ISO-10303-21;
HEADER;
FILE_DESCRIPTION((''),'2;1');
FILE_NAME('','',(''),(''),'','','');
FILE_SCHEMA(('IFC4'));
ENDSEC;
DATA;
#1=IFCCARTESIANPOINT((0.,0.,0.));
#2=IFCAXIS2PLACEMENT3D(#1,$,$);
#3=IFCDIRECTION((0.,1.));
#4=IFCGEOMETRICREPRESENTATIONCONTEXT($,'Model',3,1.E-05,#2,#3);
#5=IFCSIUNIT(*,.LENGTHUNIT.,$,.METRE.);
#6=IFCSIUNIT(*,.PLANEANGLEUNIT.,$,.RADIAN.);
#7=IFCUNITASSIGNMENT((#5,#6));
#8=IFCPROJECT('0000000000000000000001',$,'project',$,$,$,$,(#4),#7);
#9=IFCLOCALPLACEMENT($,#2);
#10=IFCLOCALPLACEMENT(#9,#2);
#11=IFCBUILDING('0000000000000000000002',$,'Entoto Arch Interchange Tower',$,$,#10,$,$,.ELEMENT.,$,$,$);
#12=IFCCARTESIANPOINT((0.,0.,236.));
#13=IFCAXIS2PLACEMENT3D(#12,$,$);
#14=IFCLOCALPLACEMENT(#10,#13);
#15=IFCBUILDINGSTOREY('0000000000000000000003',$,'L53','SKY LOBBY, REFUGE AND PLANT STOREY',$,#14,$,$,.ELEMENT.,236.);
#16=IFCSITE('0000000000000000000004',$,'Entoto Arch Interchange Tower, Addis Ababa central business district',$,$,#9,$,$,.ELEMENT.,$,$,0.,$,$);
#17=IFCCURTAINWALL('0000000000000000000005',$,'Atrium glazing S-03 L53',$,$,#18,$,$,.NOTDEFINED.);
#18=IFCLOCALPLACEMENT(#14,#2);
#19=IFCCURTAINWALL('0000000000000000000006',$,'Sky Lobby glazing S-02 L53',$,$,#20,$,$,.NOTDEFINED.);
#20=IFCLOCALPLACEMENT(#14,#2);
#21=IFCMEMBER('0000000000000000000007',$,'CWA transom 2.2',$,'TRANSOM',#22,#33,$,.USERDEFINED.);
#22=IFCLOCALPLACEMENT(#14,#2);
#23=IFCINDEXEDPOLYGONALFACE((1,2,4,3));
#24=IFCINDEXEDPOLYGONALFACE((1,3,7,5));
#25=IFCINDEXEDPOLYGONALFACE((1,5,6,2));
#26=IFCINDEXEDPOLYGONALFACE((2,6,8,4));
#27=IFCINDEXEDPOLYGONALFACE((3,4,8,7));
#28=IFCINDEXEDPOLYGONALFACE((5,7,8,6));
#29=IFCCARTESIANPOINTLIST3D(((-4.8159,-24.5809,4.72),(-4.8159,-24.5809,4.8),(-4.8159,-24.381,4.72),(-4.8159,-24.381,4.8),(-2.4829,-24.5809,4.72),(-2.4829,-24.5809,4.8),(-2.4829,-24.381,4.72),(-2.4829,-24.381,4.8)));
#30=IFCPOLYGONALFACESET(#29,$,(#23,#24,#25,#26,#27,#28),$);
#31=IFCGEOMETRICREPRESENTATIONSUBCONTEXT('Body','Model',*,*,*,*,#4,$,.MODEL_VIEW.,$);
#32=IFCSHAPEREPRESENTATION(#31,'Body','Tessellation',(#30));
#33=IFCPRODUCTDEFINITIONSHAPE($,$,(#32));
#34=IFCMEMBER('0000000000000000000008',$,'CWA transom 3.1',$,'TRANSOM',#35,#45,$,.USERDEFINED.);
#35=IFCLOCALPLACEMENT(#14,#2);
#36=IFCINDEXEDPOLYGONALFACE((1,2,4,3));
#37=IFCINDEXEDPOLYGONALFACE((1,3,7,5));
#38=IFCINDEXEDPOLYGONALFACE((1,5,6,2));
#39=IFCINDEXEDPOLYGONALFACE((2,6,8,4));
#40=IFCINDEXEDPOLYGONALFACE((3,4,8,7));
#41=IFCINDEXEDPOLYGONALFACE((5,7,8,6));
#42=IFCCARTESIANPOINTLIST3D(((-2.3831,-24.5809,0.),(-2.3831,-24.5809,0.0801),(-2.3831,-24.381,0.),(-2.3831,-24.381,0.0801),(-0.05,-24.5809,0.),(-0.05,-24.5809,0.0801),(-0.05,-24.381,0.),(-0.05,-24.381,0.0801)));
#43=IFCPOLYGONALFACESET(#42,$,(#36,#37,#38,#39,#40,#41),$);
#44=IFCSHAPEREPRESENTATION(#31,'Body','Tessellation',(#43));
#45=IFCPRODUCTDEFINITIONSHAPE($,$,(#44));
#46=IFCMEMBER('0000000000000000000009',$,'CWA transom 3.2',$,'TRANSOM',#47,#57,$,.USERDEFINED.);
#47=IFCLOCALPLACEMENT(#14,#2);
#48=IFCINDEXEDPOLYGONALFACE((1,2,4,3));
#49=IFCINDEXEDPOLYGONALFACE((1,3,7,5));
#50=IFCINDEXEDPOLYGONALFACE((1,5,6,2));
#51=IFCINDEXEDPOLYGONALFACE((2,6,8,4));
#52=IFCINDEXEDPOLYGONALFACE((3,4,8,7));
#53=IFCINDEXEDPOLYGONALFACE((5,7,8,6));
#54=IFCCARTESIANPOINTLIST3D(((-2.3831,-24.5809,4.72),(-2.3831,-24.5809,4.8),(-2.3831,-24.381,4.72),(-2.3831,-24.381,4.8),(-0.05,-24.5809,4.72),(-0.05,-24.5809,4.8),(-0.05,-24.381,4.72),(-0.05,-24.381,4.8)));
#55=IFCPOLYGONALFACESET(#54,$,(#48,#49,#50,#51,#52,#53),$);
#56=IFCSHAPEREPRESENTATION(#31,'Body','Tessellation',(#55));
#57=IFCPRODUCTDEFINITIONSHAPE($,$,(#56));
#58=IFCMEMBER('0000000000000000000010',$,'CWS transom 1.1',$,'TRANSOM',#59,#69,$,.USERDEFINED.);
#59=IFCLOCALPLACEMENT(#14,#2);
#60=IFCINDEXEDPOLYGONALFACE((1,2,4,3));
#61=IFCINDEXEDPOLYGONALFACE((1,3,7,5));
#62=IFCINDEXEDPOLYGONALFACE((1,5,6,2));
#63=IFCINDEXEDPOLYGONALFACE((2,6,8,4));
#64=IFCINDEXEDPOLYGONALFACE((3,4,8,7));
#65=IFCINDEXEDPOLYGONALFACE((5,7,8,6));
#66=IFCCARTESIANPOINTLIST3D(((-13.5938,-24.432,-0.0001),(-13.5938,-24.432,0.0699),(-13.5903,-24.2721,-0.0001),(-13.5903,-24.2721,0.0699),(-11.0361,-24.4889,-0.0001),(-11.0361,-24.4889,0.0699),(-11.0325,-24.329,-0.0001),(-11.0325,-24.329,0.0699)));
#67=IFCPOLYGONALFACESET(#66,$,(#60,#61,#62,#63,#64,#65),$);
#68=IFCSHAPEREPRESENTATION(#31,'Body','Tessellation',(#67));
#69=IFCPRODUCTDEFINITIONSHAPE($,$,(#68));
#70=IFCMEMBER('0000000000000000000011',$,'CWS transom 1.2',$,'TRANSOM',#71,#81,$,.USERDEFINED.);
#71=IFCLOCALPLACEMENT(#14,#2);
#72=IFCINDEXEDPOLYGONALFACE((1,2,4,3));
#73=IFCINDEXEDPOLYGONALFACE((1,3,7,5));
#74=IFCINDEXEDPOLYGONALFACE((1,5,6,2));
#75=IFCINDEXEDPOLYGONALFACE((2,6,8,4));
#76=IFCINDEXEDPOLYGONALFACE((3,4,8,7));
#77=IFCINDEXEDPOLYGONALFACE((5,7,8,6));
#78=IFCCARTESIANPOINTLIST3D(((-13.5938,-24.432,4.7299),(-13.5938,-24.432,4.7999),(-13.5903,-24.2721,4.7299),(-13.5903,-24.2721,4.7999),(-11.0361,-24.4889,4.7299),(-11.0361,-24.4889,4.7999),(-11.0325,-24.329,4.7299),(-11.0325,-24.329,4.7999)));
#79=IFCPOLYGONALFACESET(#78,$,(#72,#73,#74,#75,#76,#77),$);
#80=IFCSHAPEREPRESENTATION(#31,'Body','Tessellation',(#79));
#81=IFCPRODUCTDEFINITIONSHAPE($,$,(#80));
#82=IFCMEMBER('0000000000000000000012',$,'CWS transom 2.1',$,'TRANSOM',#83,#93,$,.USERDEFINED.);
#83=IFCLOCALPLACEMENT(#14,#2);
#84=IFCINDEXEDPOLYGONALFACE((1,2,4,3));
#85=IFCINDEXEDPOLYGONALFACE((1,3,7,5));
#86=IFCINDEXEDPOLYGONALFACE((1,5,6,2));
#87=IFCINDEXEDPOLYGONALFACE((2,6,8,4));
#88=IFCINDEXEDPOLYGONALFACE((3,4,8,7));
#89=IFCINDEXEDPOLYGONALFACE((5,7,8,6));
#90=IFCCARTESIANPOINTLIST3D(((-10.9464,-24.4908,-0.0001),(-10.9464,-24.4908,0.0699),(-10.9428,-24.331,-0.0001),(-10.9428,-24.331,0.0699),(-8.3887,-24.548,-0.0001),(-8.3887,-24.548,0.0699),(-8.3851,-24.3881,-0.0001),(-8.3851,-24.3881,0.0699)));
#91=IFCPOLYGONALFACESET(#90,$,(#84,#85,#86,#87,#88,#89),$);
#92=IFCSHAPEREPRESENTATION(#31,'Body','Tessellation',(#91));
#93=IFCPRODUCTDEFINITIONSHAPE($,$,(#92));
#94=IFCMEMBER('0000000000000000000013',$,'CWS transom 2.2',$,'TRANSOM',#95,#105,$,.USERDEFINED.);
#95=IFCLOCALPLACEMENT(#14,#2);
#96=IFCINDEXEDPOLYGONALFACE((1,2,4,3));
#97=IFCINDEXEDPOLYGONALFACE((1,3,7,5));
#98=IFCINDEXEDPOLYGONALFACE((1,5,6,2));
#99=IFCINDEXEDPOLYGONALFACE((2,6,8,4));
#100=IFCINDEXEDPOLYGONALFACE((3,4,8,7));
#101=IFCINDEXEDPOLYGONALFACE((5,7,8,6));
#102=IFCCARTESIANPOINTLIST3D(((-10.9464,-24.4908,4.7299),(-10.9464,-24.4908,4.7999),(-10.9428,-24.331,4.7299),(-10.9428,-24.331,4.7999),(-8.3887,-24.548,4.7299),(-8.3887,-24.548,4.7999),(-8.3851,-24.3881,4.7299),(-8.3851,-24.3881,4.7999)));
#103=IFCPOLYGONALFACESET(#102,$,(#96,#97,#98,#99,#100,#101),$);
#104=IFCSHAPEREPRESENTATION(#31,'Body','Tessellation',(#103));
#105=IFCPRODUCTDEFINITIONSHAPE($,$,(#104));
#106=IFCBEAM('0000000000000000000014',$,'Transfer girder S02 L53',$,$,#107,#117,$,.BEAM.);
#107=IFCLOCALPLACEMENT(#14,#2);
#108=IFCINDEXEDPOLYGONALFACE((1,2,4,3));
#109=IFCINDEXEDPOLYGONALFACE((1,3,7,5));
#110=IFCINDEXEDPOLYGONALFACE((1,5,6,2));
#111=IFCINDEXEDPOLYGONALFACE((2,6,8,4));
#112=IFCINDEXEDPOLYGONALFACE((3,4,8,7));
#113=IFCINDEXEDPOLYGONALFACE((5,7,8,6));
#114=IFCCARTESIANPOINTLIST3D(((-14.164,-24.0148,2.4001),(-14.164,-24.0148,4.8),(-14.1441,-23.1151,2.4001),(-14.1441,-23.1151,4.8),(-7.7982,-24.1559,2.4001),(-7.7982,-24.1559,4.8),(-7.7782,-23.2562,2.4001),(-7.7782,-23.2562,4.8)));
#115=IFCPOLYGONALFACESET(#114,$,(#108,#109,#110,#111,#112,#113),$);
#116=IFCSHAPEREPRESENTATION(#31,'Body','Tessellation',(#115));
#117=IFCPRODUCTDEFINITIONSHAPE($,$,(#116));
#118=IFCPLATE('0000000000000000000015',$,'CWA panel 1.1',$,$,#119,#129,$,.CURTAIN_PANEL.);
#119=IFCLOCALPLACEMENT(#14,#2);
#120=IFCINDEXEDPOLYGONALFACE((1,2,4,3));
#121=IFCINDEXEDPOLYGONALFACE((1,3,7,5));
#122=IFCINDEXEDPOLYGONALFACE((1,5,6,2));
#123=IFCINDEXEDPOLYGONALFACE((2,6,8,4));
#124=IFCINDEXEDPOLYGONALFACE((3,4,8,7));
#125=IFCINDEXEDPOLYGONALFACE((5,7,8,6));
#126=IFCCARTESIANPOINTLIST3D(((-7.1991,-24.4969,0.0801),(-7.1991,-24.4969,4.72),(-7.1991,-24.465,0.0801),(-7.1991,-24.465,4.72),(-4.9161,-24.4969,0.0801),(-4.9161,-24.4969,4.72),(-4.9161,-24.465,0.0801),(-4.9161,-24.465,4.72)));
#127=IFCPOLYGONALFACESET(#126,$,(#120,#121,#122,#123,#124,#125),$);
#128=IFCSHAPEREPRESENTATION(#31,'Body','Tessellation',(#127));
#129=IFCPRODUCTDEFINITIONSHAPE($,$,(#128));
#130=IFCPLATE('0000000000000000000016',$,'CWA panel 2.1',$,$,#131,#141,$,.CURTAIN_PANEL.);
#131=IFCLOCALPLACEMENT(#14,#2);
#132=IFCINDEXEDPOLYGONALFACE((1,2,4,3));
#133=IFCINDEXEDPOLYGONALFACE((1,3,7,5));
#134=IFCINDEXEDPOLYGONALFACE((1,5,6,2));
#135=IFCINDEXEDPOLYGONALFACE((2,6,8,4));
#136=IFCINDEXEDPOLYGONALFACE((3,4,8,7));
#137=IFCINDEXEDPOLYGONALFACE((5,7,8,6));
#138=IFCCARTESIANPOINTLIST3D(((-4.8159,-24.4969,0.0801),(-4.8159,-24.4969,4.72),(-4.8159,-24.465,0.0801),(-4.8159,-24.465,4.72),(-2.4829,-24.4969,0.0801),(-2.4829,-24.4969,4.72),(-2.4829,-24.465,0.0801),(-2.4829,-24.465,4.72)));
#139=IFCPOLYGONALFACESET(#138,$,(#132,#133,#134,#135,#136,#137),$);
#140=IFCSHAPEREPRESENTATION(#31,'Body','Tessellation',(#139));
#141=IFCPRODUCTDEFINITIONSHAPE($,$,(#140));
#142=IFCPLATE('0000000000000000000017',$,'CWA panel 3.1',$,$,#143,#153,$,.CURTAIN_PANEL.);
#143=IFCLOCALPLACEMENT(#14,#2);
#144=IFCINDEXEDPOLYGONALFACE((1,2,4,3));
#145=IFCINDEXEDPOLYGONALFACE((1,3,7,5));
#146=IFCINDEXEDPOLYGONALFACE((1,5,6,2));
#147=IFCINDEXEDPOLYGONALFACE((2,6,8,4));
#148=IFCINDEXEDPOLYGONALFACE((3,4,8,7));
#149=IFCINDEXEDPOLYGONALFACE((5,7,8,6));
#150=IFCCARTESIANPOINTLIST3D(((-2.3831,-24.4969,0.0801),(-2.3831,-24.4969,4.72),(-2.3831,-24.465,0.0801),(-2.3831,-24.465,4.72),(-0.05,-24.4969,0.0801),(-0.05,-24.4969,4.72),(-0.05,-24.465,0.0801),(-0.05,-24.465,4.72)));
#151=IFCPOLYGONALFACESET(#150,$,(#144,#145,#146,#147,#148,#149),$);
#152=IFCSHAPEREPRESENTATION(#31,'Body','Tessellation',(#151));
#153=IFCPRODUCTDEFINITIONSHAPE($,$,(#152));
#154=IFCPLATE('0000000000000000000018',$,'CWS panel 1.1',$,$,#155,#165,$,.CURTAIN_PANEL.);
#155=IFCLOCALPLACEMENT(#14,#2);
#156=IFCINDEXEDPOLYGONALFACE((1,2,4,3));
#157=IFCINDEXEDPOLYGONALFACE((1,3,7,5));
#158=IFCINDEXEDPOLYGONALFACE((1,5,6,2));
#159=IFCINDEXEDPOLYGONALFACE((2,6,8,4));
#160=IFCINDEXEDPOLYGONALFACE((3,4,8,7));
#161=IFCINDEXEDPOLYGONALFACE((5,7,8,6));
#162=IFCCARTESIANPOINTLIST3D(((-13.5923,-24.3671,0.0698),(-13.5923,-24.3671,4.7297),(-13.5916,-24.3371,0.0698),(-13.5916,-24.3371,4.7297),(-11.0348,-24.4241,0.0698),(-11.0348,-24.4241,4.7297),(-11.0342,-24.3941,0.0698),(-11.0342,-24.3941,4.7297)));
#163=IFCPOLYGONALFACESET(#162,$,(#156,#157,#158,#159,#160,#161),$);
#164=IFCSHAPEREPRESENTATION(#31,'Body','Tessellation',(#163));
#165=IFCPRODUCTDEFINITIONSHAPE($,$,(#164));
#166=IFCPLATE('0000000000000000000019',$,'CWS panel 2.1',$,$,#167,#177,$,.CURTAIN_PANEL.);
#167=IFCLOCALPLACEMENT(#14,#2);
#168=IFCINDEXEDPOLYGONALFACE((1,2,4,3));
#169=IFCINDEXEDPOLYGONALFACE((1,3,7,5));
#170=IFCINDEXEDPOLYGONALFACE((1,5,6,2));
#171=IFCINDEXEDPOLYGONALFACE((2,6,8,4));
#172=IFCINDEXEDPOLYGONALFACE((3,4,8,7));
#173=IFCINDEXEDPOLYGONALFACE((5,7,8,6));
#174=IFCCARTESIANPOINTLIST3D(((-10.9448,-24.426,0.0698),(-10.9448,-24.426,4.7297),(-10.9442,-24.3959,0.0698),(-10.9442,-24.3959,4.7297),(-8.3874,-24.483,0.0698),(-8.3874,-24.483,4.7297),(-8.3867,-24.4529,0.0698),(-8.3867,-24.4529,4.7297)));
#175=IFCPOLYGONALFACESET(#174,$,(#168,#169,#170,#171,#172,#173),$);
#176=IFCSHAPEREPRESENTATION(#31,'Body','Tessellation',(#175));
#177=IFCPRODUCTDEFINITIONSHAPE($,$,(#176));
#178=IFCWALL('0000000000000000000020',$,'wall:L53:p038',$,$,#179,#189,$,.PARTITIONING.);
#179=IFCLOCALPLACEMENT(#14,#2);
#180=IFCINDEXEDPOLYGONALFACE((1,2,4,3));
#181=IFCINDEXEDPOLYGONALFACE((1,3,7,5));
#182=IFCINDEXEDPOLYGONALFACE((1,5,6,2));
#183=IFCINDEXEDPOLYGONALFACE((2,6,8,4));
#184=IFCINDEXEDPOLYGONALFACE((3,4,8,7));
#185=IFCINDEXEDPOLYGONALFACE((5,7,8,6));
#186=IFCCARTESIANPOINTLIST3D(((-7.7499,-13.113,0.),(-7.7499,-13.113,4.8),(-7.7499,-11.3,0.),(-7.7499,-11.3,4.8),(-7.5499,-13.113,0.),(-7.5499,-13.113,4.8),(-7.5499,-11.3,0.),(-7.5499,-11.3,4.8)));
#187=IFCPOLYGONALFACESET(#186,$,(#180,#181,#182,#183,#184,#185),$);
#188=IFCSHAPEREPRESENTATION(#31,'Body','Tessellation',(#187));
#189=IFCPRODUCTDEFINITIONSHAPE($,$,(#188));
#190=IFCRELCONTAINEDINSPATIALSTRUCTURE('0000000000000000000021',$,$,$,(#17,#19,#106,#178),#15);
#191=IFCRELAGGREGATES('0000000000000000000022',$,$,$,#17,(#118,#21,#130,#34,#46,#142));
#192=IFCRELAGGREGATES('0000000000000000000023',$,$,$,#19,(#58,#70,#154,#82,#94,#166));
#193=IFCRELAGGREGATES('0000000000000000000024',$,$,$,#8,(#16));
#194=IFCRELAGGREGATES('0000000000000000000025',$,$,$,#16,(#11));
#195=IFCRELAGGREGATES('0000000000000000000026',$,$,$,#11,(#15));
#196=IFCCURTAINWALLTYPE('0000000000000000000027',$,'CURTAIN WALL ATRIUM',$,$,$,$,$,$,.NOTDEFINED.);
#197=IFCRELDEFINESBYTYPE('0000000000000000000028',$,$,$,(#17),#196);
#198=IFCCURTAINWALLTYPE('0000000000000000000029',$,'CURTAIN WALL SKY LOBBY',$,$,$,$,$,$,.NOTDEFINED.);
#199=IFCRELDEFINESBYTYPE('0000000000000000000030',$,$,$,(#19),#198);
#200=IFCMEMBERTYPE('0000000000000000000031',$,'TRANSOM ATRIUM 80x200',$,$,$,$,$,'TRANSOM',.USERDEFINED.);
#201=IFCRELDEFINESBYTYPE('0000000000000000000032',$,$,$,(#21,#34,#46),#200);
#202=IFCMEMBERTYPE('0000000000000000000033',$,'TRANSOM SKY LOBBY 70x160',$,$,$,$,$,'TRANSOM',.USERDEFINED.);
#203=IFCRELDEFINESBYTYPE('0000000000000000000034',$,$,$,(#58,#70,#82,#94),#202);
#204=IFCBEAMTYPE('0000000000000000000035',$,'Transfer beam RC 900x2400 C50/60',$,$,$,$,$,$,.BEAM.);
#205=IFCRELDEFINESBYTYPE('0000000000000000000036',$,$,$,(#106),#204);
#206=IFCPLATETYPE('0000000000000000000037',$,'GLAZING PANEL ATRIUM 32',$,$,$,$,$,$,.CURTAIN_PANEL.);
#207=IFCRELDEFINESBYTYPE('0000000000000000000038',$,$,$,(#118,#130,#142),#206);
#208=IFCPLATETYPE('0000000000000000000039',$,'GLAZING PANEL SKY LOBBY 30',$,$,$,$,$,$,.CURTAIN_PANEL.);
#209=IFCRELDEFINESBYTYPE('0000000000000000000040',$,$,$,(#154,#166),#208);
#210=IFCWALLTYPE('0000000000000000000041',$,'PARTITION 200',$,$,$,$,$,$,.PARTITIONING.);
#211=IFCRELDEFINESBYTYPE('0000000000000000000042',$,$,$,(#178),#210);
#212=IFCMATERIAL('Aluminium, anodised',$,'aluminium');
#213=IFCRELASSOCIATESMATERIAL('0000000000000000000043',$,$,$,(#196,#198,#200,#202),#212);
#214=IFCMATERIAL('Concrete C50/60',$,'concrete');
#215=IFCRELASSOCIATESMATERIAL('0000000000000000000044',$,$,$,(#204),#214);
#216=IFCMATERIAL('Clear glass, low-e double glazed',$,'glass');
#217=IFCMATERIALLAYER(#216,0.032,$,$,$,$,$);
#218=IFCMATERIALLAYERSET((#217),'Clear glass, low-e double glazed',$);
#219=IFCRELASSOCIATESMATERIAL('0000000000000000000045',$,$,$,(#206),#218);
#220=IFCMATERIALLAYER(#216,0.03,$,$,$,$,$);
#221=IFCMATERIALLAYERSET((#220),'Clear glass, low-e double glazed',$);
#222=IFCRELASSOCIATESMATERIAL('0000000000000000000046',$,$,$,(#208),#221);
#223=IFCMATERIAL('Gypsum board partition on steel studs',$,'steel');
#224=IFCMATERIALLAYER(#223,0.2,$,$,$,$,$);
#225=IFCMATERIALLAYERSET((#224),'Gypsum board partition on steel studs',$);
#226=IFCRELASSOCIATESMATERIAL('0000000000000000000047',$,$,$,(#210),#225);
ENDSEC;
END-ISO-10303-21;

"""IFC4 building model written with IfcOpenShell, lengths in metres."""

from ifc_helpers import new_model, si_unit, direction, frame, frame_2d, origin, origin_2d, place, context, subcontext, project, spatial, rectangle, extrude, material, layer, layer_set, material_profile, profile_set, type_object, element, aggregate, save


model = new_model("IFC4")

# Units and contexts
model_context = context("Model", 3, precision=1e-05, world=origin(), true_north=direction((0.0, 1.0)))
body_context = subcontext(model_context, "Body", "Model", "MODEL_VIEW")
ifc_project = project(units=[si_unit("LENGTHUNIT", "METRE"), si_unit("PLANEANGLEUNIT", "RADIAN")], contexts=[model_context])

# Site, building, storey
site_placement = place(None, origin())
site = spatial("IfcSite", under=ifc_project, at=site_placement, Name="Entoto Arch Interchange Tower, Addis Ababa central business district", CompositionType="ELEMENT", RefElevation=0.0)
building_placement = place(site_placement, origin())
building = spatial("IfcBuilding", under=site, at=building_placement, Name="Entoto Arch Interchange Tower", CompositionType="ELEMENT")
storey_placement = place(building_placement, frame((0.0, 0.0, 236.0)))
storey = spatial("IfcBuildingStorey", under=building, at=storey_placement, Name="L53", Description="SKY LOBBY, REFUGE AND PLANT STOREY", CompositionType="ELEMENT", Elevation=236.0)

# Shared definitions
ifc_material_1 = material(Name="Concrete C50/60", Category="concrete")

# Curtain walls
ifc_material_2 = material(Name="Aluminium, anodised", Category="aluminium")
curtain_wall_type_1 = type_object("IfcCurtainWallType", Name="CURTAIN WALL ATRIUM", PredefinedType="NOTDEFINED", material=ifc_material_2)
curtain_wall_1_placement = place(storey_placement, origin())
curtain_wall_1 = element("IfcCurtainWall", 1, at=curtain_wall_1_placement, inside=storey, type_object=curtain_wall_type_1, Name="Atrium glazing S-03 L53", PredefinedType="NOTDEFINED")
curtain_wall_type_2 = type_object("IfcCurtainWallType", Name="CURTAIN WALL SKY LOBBY", PredefinedType="NOTDEFINED", material=ifc_material_2)
curtain_wall_2_placement = place(storey_placement, origin())
curtain_wall_2 = element("IfcCurtainWall", 2, at=curtain_wall_2_placement, inside=storey, type_object=curtain_wall_type_2, Name="Sky Lobby glazing S-02 L53", PredefinedType="NOTDEFINED")

# Members
ifc_material_profile_1 = material_profile(ifc_material_2, rectangle(XDim=0.2, YDim=0.0801, at=origin_2d()))
ifc_profile_set_1 = profile_set([ifc_material_profile_1], Name="Aluminium, anodised")
member_type_1 = type_object("IfcMemberType", Name="TRANSOM ATRIUM 80x200", ElementType="TRANSOM", PredefinedType="USERDEFINED", material=ifc_profile_set_1)
member_1_placement = place(storey_placement, frame((-4.8159, -24.481, 4.76), z_axis=(1.0, 0.0, 0.0), x_axis=(0.0, 1.0, 0.0)))
member_1 = element("IfcMember", 3, at=member_1_placement, type_object=member_type_1, Name="CWA transom 2.2", ObjectType="TRANSOM", PredefinedType="USERDEFINED", context=body_context, shape_type="SweptSolid", body=[
    extrude(rectangle(XDim=0.2, YDim=0.0801, at=origin_2d()), origin(), (0.0, 0.0, 1.0), 2.333),
])
member_2_placement = place(storey_placement, frame((-2.3831, -24.481, 0.04), z_axis=(1.0, 0.0, 0.0), x_axis=(0.0, 1.0, 0.0)))
member_2 = element("IfcMember", 4, at=member_2_placement, type_object=member_type_1, Name="CWA transom 3.1", ObjectType="TRANSOM", PredefinedType="USERDEFINED", context=body_context, shape_type="SweptSolid", body=[
    extrude(rectangle(XDim=0.2, YDim=0.0801, at=origin_2d()), origin(), (0.0, 0.0, 1.0), 2.333),
])
member_3_placement = place(storey_placement, frame((-2.3831, -24.481, 4.76), z_axis=(1.0, 0.0, 0.0), x_axis=(0.0, 1.0, 0.0)))
member_3 = element("IfcMember", 5, at=member_3_placement, type_object=member_type_1, Name="CWA transom 3.2", ObjectType="TRANSOM", PredefinedType="USERDEFINED", context=body_context, shape_type="SweptSolid", body=[
    extrude(rectangle(XDim=0.2, YDim=0.0801, at=origin_2d()), origin(), (0.0, 0.0, 1.0), 2.333),
])
ifc_material_profile_2 = material_profile(ifc_material_2, rectangle(XDim=0.1599, YDim=0.0701, at=origin_2d()))
ifc_profile_set_2 = profile_set([ifc_material_profile_2], Name="Aluminium, anodised")
member_type_2 = type_object("IfcMemberType", Name="TRANSOM SKY LOBBY 70x160", ElementType="TRANSOM", PredefinedType="USERDEFINED", material=ifc_profile_set_2)
member_4_placement = place(storey_placement, frame((-13.592, -24.3521, 0.0349), z_axis=(0.999753, -0.022236, 0.0), x_axis=(0.022236, 0.999753, 0.0)))
member_4 = element("IfcMember", 6, at=member_4_placement, type_object=member_type_2, Name="CWS transom 1.1", ObjectType="TRANSOM", PredefinedType="USERDEFINED", context=body_context, shape_type="SweptSolid", body=[
    extrude(rectangle(XDim=0.1599, YDim=0.0701, at=origin_2d()), origin(), (0.0, 0.0, 1.0), 2.5583),
])
member_5_placement = place(storey_placement, frame((-13.592, -24.3521, 4.7649), z_axis=(0.999753, -0.022236, 0.0), x_axis=(0.022236, 0.999753, 0.0)))
member_5 = element("IfcMember", 7, at=member_5_placement, type_object=member_type_2, Name="CWS transom 1.2", ObjectType="TRANSOM", PredefinedType="USERDEFINED", context=body_context, shape_type="SweptSolid", body=[
    extrude(rectangle(XDim=0.1599, YDim=0.0701, at=origin_2d()), origin(), (0.0, 0.0, 1.0), 2.5583),
])
member_6_placement = place(storey_placement, frame((-10.9446, -24.4109, 0.0349), z_axis=(0.999751, -0.022331, 0.0), x_axis=(0.022331, 0.999751, 0.0)))
member_6 = element("IfcMember", 8, at=member_6_placement, type_object=member_type_2, Name="CWS transom 2.1", ObjectType="TRANSOM", PredefinedType="USERDEFINED", context=body_context, shape_type="SweptSolid", body=[
    extrude(rectangle(XDim=0.1599, YDim=0.0701, at=origin_2d()), origin(), (0.0, 0.0, 1.0), 2.5583),
])
member_7_placement = place(storey_placement, frame((-10.9446, -24.4109, 4.7649), z_axis=(0.999751, -0.022331, 0.0), x_axis=(0.022331, 0.999751, 0.0)))
member_7 = element("IfcMember", 9, at=member_7_placement, type_object=member_type_2, Name="CWS transom 2.2", ObjectType="TRANSOM", PredefinedType="USERDEFINED", context=body_context, shape_type="SweptSolid", body=[
    extrude(rectangle(XDim=0.1599, YDim=0.0701, at=origin_2d()), origin(), (0.0, 0.0, 1.0), 2.5583),
])

# Beam
ifc_material_profile_3 = material_profile(ifc_material_1, rectangle(XDim=0.8999, YDim=2.3999, at=origin_2d()))
ifc_profile_set_3 = profile_set([ifc_material_profile_3], Name="Concrete C50/60")
beam_type = type_object("IfcBeamType", Name="Transfer beam RC 900x2400 C50/60", PredefinedType="BEAM", material=ifc_profile_set_3)
beam_placement = place(storey_placement, frame((-14.1541, -23.5649, 3.6001), z_axis=(0.999754, -0.022161, 0.0), x_axis=(0.022161, 0.999754, 0.0)))
element("IfcBeam", 10, at=beam_placement, inside=storey, type_object=beam_type, Name="Transfer girder S02 L53", PredefinedType="BEAM", context=body_context, shape_type="SweptSolid", body=[
    extrude(rectangle(XDim=0.8999, YDim=2.3999, at=origin_2d()), origin(), (0.0, 0.0, 1.0), 6.3674),
])

# Plates
ifc_material_3 = material(Name="Clear glass, low-e double glazed", Category="glass")
ifc_layer_1 = layer(ifc_material_3, 0.032)
ifc_layer_set_1 = layer_set([ifc_layer_1], Name="Clear glass, low-e double glazed")
plate_type_1 = type_object("IfcPlateType", Name="GLAZING PANEL ATRIUM 32", PredefinedType="CURTAIN_PANEL", material=ifc_layer_set_1)
plate_1_placement = place(storey_placement, frame((-6.0576, -24.481, 0.0801), z_axis=(0.0, 0.0, 1.0), x_axis=(1.0, 0.0, 0.0)))
plate_1 = element("IfcPlate", 11, at=plate_1_placement, type_object=plate_type_1, Name="CWA panel 1.1", PredefinedType="CURTAIN_PANEL", context=body_context, shape_type="SweptSolid", body=[
    extrude(rectangle(XDim=2.283, YDim=0.032, at=origin_2d()), origin(), (0.0, 0.0, 1.0), 4.6399),
])
plate_2_placement = place(storey_placement, frame((-3.6494, -24.481, 0.0801), z_axis=(0.0, 0.0, 1.0), x_axis=(1.0, 0.0, 0.0)))
plate_2 = element("IfcPlate", 12, at=plate_2_placement, type_object=plate_type_1, Name="CWA panel 2.1", PredefinedType="CURTAIN_PANEL", context=body_context, shape_type="SweptSolid", body=[
    extrude(rectangle(XDim=2.333, YDim=0.032, at=origin_2d()), origin(), (0.0, 0.0, 1.0), 4.6399),
])
plate_3_placement = place(storey_placement, frame((-1.2166, -24.481, 0.0801), z_axis=(0.0, 0.0, 1.0), x_axis=(1.0, 0.0, 0.0)))
plate_3 = element("IfcPlate", 13, at=plate_3_placement, type_object=plate_type_1, Name="CWA panel 3.1", PredefinedType="CURTAIN_PANEL", context=body_context, shape_type="SweptSolid", body=[
    extrude(rectangle(XDim=2.333, YDim=0.032, at=origin_2d()), origin(), (0.0, 0.0, 1.0), 4.6399),
])
aggregate(curtain_wall_1, [plate_1, member_1, plate_2, member_2, member_3, plate_3])
ifc_layer_2 = layer(ifc_material_3, 0.03)
ifc_layer_set_2 = layer_set([ifc_layer_2], Name="Clear glass, low-e double glazed")
plate_type_2 = type_object("IfcPlateType", Name="GLAZING PANEL SKY LOBBY 30", PredefinedType="CURTAIN_PANEL", material=ifc_layer_set_2)
plate_4_placement = place(storey_placement, frame((-12.3132, -24.3806, 0.0698), z_axis=(0.0, 0.0, 1.0), x_axis=(0.999752, -0.022279, 0.0)))
plate_4 = element("IfcPlate", 14, at=plate_4_placement, type_object=plate_type_2, Name="CWS panel 1.1", PredefinedType="CURTAIN_PANEL", context=body_context, shape_type="SweptSolid", body=[
    extrude(rectangle(XDim=2.5581, YDim=0.03, at=origin_2d()), origin(), (0.0, 0.0, 1.0), 4.6599),
])
plate_5_placement = place(storey_placement, frame((-9.6658, -24.4395, 0.0698), z_axis=(0.0, 0.0, 1.0), x_axis=(0.999752, -0.022279, 0.0)))
plate_5 = element("IfcPlate", 15, at=plate_5_placement, type_object=plate_type_2, Name="CWS panel 2.1", PredefinedType="CURTAIN_PANEL", context=body_context, shape_type="SweptSolid", body=[
    extrude(rectangle(XDim=2.5581, YDim=0.03, at=origin_2d()), origin(), (0.0, 0.0, 1.0), 4.6599),
])
aggregate(curtain_wall_2, [member_4, member_5, plate_4, member_6, member_7, plate_5])

# Wall
ifc_material_4 = material(Name="Gypsum board partition on steel studs", Category="steel")
ifc_layer_3 = layer(ifc_material_4, 0.2)
ifc_layer_set_3 = layer_set([ifc_layer_3], Name="Gypsum board partition on steel studs")
wall_type_1 = type_object("IfcWallType", Name="PARTITION 200", PredefinedType="PARTITIONING", material=ifc_layer_set_3)
wall_1_placement = place(storey_placement, frame((-7.6499, -13.113, 0.0), z_axis=(0.0, 0.0, 1.0), x_axis=(0.0, 1.0, 0.0)))
element("IfcWall", 16, at=wall_1_placement, inside=storey, type_object=wall_type_1, Name="wall:L53:p038", PredefinedType="PARTITIONING", context=body_context, shape_type="SweptSolid", body=[
    extrude(rectangle(XDim=1.813, YDim=0.2, at=frame_2d((0.9065, 0.0))), origin(), (0.0, 0.0, 1.0), 4.8),
])

save(model, "model.ifc")
